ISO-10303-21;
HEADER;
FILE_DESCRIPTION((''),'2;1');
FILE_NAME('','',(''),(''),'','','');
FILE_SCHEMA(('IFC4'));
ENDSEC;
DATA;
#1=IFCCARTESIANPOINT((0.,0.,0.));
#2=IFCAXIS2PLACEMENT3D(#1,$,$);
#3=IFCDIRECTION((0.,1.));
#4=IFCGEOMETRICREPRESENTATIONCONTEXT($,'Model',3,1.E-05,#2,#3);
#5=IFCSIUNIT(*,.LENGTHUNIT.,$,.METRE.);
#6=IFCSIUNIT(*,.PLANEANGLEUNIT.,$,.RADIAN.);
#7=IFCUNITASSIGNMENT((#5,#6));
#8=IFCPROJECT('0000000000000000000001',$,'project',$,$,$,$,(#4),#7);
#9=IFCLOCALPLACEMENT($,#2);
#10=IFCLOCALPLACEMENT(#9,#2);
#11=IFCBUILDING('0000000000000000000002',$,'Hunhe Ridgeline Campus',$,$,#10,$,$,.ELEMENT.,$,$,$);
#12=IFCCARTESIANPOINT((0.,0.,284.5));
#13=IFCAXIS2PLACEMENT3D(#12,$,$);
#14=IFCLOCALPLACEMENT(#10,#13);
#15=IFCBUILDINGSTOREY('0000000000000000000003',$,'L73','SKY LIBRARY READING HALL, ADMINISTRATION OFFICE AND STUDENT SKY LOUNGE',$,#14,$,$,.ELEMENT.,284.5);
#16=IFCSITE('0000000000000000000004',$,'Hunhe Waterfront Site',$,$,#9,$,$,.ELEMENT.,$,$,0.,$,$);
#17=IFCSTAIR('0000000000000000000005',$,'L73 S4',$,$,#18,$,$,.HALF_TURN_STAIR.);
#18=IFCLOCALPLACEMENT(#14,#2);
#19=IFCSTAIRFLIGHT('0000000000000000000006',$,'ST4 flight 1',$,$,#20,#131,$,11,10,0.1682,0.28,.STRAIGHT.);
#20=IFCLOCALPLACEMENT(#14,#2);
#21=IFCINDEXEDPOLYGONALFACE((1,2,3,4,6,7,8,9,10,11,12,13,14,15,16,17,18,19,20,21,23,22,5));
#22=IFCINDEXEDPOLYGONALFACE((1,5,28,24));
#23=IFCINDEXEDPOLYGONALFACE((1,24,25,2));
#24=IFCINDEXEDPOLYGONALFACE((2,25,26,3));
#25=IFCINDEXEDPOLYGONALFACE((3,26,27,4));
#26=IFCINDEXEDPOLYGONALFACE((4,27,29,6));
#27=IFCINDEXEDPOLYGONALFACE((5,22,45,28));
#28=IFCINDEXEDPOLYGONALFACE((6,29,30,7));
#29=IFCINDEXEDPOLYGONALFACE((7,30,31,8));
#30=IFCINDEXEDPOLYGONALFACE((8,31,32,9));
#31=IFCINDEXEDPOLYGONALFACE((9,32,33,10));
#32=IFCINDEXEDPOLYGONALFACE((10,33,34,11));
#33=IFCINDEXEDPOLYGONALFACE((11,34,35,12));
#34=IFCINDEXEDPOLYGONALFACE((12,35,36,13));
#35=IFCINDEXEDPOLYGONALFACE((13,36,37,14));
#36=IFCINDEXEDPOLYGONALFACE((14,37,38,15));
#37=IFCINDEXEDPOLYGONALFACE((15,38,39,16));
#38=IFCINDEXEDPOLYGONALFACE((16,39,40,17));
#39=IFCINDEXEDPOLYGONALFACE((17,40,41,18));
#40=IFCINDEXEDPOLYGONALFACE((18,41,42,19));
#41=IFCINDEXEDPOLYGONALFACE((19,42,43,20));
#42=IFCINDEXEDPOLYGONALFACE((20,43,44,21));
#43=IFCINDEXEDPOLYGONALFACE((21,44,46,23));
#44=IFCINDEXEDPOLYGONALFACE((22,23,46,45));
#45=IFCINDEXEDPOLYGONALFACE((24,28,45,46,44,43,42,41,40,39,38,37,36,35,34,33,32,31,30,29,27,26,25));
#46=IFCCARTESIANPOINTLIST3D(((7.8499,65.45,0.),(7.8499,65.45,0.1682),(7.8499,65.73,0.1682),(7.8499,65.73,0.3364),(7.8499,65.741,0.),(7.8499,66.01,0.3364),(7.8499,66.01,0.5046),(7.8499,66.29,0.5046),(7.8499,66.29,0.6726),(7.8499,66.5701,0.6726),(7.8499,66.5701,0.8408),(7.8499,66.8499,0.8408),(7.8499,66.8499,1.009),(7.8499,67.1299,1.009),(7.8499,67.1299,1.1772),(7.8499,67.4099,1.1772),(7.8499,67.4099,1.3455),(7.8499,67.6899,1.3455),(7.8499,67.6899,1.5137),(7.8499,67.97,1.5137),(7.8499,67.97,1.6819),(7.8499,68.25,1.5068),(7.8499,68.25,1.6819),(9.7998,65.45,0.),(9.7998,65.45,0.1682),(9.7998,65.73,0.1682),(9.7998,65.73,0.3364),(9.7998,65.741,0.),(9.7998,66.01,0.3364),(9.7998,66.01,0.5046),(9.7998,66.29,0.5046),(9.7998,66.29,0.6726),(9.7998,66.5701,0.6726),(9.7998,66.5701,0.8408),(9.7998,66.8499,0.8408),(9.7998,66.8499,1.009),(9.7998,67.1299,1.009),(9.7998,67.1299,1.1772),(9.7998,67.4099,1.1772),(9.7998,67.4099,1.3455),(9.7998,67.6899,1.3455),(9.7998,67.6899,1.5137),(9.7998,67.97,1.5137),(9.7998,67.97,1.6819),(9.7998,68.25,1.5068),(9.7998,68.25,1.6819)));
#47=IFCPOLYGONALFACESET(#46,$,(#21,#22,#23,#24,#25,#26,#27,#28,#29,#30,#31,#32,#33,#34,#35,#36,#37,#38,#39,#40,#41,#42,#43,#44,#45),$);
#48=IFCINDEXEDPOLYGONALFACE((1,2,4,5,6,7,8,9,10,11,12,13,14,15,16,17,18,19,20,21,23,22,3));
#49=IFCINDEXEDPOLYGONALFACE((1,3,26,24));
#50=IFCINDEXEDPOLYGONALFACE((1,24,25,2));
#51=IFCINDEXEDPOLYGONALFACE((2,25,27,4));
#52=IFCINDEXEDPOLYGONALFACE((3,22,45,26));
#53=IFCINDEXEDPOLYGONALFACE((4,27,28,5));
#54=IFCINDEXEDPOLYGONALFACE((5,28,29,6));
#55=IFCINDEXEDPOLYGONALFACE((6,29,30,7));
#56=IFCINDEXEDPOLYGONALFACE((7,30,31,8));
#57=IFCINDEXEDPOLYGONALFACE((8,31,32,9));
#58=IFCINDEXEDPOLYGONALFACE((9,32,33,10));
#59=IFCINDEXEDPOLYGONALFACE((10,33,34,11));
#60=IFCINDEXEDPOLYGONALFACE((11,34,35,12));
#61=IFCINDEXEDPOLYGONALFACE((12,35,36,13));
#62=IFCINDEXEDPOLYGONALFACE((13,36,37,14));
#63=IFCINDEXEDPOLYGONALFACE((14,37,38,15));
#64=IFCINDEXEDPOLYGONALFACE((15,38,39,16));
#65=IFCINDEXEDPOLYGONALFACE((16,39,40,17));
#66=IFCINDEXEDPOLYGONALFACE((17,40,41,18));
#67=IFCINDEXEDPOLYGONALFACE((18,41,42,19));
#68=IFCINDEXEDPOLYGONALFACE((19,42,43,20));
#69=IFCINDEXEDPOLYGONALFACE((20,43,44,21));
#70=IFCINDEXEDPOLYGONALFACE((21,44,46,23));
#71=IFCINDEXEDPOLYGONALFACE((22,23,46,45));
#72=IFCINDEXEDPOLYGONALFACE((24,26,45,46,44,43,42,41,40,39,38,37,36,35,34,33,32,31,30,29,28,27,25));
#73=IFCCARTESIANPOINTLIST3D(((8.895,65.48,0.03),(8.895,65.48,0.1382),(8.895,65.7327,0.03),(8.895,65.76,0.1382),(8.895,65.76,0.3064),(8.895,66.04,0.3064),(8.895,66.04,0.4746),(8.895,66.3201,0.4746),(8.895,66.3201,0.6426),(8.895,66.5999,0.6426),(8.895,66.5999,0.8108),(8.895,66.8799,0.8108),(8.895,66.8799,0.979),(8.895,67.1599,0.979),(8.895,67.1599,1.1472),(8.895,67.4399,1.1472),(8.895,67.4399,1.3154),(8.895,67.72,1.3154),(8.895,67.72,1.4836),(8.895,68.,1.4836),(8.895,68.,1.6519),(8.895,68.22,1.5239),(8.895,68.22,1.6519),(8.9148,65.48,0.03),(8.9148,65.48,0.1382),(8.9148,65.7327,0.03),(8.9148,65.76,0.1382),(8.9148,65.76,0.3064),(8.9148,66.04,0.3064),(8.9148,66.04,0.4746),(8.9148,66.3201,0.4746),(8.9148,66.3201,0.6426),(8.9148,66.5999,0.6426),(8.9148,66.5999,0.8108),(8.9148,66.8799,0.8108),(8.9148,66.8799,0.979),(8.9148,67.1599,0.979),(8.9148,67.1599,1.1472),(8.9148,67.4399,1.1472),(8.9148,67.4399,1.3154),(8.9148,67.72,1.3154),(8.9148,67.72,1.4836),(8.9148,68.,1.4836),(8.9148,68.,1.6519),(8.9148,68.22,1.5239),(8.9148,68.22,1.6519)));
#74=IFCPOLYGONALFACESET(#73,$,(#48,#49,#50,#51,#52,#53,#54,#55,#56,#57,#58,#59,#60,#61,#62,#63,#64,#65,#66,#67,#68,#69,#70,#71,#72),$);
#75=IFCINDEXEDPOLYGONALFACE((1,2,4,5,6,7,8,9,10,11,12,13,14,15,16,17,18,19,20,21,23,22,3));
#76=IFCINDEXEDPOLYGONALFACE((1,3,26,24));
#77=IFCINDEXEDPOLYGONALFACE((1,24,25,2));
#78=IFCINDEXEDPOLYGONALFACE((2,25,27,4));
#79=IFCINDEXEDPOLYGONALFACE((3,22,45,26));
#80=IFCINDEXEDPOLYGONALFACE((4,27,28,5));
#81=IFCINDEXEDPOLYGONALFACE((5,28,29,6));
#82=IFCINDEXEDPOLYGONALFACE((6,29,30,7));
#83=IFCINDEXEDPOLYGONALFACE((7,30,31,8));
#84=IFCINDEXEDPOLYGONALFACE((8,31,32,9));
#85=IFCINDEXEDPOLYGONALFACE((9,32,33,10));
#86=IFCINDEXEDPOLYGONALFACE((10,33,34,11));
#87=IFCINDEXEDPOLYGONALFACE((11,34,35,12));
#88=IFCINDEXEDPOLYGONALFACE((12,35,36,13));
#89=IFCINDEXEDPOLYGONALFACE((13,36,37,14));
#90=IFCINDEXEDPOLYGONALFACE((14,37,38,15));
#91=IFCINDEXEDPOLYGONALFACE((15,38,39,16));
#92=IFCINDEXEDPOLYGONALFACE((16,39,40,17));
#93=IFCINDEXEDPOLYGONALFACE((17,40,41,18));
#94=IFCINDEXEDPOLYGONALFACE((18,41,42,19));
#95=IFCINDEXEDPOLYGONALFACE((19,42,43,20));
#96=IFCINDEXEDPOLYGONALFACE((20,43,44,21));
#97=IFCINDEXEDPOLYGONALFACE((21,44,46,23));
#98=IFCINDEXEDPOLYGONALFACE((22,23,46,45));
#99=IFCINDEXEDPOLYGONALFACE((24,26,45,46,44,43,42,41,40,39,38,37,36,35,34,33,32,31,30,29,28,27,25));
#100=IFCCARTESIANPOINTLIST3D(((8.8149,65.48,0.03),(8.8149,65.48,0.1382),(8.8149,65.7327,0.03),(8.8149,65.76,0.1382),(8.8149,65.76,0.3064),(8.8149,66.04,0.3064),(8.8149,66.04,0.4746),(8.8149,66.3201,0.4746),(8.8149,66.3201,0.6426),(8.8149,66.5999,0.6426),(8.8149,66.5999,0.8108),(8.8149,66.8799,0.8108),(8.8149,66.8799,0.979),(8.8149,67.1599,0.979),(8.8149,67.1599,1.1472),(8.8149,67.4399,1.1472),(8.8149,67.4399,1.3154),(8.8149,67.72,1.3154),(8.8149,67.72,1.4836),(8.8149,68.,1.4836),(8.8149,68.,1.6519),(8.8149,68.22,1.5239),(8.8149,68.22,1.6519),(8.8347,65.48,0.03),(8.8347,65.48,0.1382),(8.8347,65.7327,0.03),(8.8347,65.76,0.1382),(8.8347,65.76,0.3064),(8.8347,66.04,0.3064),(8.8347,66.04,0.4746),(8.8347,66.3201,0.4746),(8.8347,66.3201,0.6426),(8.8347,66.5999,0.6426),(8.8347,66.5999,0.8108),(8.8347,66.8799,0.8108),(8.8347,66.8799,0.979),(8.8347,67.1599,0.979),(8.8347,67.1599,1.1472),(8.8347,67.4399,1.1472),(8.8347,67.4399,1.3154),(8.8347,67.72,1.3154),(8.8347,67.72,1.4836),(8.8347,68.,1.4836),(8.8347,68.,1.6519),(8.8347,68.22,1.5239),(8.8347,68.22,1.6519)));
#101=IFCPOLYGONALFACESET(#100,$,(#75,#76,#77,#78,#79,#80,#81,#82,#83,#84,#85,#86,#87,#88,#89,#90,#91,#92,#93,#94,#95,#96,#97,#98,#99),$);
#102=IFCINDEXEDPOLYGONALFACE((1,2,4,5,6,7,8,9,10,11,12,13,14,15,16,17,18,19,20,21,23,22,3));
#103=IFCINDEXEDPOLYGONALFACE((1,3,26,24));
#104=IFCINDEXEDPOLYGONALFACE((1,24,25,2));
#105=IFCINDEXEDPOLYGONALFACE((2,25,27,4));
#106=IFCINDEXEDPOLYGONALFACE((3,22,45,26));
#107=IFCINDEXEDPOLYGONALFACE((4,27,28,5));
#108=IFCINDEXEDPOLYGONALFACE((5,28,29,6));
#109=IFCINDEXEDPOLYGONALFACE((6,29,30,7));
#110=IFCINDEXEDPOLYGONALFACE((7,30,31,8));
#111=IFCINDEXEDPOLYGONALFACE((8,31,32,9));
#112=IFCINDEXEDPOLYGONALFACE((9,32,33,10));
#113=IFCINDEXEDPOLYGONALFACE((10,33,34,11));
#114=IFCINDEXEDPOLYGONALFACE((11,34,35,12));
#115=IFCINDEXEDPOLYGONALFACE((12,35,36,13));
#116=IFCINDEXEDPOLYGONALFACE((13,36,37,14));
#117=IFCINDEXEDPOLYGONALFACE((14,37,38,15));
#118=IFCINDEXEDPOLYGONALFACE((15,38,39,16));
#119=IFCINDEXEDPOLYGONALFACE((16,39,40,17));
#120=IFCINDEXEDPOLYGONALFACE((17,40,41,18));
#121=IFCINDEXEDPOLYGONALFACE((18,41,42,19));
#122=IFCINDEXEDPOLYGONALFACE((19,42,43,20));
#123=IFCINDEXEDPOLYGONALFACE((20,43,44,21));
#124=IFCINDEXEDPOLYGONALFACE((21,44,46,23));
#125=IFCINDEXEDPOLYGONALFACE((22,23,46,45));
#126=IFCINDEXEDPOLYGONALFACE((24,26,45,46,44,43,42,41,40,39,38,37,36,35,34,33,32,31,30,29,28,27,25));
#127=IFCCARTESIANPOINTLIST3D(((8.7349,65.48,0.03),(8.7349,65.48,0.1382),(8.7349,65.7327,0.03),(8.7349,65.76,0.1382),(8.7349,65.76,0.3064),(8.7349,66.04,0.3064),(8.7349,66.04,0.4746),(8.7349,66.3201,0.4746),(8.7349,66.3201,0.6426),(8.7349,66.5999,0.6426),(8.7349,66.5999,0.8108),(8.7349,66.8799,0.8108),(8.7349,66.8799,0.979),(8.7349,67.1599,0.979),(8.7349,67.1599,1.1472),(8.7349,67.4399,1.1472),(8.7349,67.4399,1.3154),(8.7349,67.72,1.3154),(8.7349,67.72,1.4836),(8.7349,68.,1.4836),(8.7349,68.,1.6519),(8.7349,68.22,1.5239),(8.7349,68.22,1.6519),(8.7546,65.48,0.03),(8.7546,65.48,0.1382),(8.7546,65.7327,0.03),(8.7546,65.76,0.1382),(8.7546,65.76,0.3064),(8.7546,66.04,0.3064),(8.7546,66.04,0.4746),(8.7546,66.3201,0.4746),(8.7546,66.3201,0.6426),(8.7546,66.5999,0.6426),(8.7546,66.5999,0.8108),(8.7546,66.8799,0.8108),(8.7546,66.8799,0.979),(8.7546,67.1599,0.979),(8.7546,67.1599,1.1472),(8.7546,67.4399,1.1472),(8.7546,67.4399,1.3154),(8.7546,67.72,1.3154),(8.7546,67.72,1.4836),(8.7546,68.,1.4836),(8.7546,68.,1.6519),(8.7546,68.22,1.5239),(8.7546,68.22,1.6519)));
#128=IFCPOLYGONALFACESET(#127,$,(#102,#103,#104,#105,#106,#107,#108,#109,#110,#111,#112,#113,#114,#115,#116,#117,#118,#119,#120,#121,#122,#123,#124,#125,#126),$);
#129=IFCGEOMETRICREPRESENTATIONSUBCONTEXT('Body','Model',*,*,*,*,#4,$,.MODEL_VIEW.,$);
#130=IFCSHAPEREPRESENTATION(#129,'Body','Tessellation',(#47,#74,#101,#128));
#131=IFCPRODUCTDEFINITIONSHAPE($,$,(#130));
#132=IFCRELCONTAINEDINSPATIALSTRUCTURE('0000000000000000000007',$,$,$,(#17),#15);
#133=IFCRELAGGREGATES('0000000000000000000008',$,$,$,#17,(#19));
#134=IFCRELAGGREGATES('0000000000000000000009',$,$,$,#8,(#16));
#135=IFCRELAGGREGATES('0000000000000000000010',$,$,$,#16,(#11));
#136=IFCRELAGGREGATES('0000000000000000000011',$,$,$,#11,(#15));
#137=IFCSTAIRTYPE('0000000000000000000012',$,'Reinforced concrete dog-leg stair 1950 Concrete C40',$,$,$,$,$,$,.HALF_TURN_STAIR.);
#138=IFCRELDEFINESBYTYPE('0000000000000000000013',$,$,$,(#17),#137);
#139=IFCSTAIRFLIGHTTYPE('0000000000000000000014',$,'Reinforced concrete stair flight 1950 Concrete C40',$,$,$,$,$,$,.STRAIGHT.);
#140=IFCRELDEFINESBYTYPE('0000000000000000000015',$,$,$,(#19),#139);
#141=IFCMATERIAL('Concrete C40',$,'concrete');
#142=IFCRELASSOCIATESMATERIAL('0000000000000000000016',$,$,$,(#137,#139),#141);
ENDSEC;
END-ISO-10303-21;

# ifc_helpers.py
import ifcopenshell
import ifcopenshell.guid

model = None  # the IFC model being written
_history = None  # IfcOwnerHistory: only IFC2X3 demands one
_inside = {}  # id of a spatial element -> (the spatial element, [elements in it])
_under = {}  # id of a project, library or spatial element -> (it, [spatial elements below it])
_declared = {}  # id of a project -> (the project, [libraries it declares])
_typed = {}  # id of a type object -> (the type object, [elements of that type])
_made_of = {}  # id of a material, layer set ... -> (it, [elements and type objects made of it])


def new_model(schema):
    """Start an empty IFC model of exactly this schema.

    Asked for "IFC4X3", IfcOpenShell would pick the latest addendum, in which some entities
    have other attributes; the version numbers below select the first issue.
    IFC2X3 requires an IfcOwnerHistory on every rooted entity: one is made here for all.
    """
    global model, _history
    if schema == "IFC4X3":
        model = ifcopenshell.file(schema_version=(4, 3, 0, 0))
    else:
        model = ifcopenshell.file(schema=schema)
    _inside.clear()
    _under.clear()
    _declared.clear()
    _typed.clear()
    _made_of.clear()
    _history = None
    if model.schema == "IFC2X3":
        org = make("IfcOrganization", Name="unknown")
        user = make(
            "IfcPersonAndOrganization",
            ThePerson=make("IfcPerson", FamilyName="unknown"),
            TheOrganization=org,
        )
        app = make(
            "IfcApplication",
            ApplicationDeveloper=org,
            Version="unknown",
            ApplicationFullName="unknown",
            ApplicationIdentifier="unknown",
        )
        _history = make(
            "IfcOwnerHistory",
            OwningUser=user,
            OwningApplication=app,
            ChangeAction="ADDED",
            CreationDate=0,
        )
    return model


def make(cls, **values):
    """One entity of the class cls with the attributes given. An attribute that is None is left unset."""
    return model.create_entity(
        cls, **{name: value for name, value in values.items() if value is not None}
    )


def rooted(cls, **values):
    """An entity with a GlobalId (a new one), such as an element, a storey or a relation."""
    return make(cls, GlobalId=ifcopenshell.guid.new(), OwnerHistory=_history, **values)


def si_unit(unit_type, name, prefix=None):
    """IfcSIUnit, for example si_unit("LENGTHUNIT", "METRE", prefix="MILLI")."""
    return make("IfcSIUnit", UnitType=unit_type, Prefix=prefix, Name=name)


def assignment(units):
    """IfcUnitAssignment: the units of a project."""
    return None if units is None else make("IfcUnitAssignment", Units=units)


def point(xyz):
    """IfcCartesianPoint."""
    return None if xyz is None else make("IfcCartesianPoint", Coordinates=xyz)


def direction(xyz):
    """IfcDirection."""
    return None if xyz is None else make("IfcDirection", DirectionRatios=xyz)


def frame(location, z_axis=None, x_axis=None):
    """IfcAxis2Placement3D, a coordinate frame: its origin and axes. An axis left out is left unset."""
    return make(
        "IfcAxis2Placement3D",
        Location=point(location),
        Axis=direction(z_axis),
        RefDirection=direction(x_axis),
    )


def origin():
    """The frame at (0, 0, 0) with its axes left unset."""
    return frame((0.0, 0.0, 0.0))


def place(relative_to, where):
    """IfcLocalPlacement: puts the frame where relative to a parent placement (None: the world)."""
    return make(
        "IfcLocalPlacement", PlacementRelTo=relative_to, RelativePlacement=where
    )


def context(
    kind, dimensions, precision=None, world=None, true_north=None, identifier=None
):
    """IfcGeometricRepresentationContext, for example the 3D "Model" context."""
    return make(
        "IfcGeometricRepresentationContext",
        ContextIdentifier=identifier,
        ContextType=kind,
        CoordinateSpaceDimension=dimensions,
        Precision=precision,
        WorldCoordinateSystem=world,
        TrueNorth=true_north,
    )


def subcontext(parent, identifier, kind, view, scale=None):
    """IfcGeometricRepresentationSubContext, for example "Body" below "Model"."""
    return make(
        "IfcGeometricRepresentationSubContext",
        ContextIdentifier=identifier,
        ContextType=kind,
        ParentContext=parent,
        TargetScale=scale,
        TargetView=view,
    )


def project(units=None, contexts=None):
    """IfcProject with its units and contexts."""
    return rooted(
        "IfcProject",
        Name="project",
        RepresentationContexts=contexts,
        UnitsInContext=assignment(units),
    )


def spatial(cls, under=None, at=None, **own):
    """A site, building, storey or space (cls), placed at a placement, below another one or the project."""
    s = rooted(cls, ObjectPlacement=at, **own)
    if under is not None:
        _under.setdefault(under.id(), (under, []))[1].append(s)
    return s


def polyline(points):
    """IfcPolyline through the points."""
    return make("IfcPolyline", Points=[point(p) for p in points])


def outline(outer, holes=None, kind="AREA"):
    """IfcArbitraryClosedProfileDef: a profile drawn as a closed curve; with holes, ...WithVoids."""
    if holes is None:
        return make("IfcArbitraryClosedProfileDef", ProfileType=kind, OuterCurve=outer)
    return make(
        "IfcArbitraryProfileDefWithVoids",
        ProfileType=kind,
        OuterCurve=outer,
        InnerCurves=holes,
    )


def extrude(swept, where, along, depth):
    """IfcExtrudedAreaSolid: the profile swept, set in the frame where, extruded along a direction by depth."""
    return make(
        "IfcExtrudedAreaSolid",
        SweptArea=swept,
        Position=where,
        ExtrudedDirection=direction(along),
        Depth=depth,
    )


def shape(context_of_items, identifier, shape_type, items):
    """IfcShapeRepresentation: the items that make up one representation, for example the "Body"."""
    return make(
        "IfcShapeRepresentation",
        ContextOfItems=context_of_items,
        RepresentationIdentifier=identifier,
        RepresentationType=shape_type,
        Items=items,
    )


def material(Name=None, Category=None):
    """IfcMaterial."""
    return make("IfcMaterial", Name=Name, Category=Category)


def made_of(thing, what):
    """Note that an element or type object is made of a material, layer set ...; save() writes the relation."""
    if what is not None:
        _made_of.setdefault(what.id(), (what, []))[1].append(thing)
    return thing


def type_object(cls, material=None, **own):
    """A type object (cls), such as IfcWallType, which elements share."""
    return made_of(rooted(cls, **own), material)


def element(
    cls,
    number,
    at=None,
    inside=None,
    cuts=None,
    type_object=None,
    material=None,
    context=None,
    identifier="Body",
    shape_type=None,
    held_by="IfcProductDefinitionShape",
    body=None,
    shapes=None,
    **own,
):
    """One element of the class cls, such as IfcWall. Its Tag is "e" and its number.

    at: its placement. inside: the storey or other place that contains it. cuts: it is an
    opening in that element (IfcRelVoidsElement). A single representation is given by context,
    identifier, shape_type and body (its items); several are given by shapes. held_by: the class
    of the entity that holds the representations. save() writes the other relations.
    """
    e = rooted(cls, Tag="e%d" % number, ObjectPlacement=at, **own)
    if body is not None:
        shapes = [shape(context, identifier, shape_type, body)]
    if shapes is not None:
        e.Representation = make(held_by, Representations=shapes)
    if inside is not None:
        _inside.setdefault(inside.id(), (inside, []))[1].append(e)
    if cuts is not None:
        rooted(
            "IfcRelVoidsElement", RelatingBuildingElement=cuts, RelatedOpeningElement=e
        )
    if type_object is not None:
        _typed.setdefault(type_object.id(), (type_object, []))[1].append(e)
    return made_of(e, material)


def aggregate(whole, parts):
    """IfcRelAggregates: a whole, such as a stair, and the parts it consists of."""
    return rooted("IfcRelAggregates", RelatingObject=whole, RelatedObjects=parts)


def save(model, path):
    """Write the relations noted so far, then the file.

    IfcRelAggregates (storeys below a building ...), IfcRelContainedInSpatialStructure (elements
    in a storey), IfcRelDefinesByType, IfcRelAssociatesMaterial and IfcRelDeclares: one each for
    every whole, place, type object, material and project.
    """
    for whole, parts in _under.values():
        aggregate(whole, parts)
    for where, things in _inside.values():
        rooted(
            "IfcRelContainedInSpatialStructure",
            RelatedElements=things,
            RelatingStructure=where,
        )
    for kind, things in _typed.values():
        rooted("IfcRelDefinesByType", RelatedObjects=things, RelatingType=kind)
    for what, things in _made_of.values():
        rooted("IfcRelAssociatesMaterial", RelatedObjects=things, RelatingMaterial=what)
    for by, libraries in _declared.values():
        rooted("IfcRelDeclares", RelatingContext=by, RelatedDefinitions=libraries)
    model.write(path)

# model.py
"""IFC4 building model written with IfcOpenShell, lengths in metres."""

from ifc_helpers import new_model, si_unit, direction, frame, origin, place, context, subcontext, project, spatial, polyline, outline, extrude, material, type_object, element, aggregate, save


model = new_model("IFC4")

# Units and contexts
model_context = context("Model", 3, precision=1e-05, world=origin(), true_north=direction((0.0, 1.0)))
body_context = subcontext(model_context, "Body", "Model", "MODEL_VIEW")
ifc_project = project(units=[si_unit("LENGTHUNIT", "METRE"), si_unit("PLANEANGLEUNIT", "RADIAN")], contexts=[model_context])

# Site, building, storey
site_placement = place(None, origin())
site = spatial("IfcSite", under=ifc_project, at=site_placement, Name="Hunhe Waterfront Site", CompositionType="ELEMENT", RefElevation=0.0)
building_placement = place(site_placement, origin())
building = spatial("IfcBuilding", under=site, at=building_placement, Name="Hunhe Ridgeline Campus", CompositionType="ELEMENT")
storey_placement = place(building_placement, frame((0.0, 0.0, 284.5)))
storey = spatial("IfcBuildingStorey", under=building, at=storey_placement, Name="L73", Description="SKY LIBRARY READING HALL, ADMINISTRATION OFFICE AND STUDENT SKY LOUNGE", CompositionType="ELEMENT", Elevation=284.5)

# Stair, stair flight
ifc_material_1 = material(Name="Concrete C40", Category="concrete")
stair_type = type_object("IfcStairType", Name="Reinforced concrete dog-leg stair 1950 Concrete C40", PredefinedType="HALF_TURN_STAIR", material=ifc_material_1)
stair_flight_type = type_object("IfcStairFlightType", Name="Reinforced concrete stair flight 1950 Concrete C40", PredefinedType="STRAIGHT", material=ifc_material_1)
stair_1_placement = place(storey_placement, origin())
stair_1 = element("IfcStair", 1, at=stair_1_placement, inside=storey, type_object=stair_type, Name="L73 S4", PredefinedType="HALF_TURN_STAIR")
stair_flight_1_placement = place(storey_placement, frame((8.825, 65.45, 0.0), z_axis=(0.0, 0.0, 1.0), x_axis=(0.0, 1.0, 0.0)))
stair_flight_1 = element("IfcStairFlight", 2, at=stair_flight_1_placement, type_object=stair_flight_type, Name="ST4 flight 1", NumberOfRisers=11, NumberOfTreads=10, PredefinedType="STRAIGHT", RiserHeight=0.1682, TreadLength=0.28, context=body_context, shape_type="SweptSolid", body=[
    extrude(outline(polyline([(0.0, 0.0), (0.0, 0.1682), (0.28, 0.1682), (0.28, 0.3364), (0.5601, 0.3364), (0.5601, 0.5046), (0.8401, 0.5046), (0.8401, 0.6726), (1.1201, 0.6726), (1.1201, 0.8408), (1.3999, 0.8408), (1.3999, 1.009), (1.6799, 1.009), (1.6799, 1.1772), (1.96, 1.1772), (1.96, 1.3455), (2.24, 1.3455), (2.24, 1.5137), (2.52, 1.5137), (2.52, 1.6819), (2.8, 1.6819), (2.8, 1.8501), (2.8, 1.5068), (0.291, 0.0), (0.0, 0.0)])), frame((0.0, 0.9751, 0.0), z_axis=(0.0, -1.0, 0.0), x_axis=(1.0, 0.0, 0.0)), (0.0, 0.0, 1.0), 1.95),
    extrude(outline(polyline([(0.03, 0.03), (0.03, 0.1382), (0.3101, 0.1382), (0.3101, 0.3064), (0.5901, 0.3064), (0.5901, 0.4746), (0.8701, 0.4746), (0.8701, 0.6426), (1.1499, 0.6426), (1.1499, 0.8108), (1.4299, 0.8108), (1.4299, 0.979), (1.71, 0.979), (1.71, 1.1472), (1.99, 1.1472), (1.99, 1.3154), (2.27, 1.3154), (2.27, 1.4836), (2.55, 1.4836), (2.55, 1.6519), (2.77, 1.6519), (2.77, 1.5239), (0.2827, 0.03), (0.03, 0.03)])), frame((0.0, -0.0701, 0.0), z_axis=(0.0, -1.0, 0.0), x_axis=(1.0, 0.0, 0.0)), (0.0, 0.0, 1.0), 0.0198),
    extrude(outline(polyline([(0.03, 0.03), (0.03, 0.1382), (0.3101, 0.1382), (0.3101, 0.3064), (0.5901, 0.3064), (0.5901, 0.4746), (0.8701, 0.4746), (0.8701, 0.6426), (1.1499, 0.6426), (1.1499, 0.8108), (1.4299, 0.8108), (1.4299, 0.979), (1.71, 0.979), (1.71, 1.1472), (1.99, 1.1472), (1.99, 1.3154), (2.27, 1.3154), (2.27, 1.4836), (2.55, 1.4836), (2.55, 1.6519), (2.77, 1.6519), (2.77, 1.5239), (0.2827, 0.03), (0.03, 0.03)])), frame((0.0, 0.01, 0.0), z_axis=(0.0, -1.0, 0.0), x_axis=(1.0, 0.0, 0.0)), (0.0, 0.0, 1.0), 0.0198),
    extrude(outline(polyline([(0.03, 0.03), (0.03, 0.1382), (0.3101, 0.1382), (0.3101, 0.3064), (0.5901, 0.3064), (0.5901, 0.4746), (0.8701, 0.4746), (0.8701, 0.6426), (1.1499, 0.6426), (1.1499, 0.8108), (1.4299, 0.8108), (1.4299, 0.979), (1.71, 0.979), (1.71, 1.1472), (1.99, 1.1472), (1.99, 1.3154), (2.27, 1.3154), (2.27, 1.4836), (2.55, 1.4836), (2.55, 1.6519), (2.77, 1.6519), (2.77, 1.5239), (0.2827, 0.03), (0.03, 0.03)])), frame((0.0, 0.0901, 0.0), z_axis=(0.0, -1.0, 0.0), x_axis=(1.0, 0.0, 0.0)), (0.0, 0.0, 1.0), 0.0198),
])
aggregate(stair_1, [stair_flight_1])

save(model, "model.ifc")
